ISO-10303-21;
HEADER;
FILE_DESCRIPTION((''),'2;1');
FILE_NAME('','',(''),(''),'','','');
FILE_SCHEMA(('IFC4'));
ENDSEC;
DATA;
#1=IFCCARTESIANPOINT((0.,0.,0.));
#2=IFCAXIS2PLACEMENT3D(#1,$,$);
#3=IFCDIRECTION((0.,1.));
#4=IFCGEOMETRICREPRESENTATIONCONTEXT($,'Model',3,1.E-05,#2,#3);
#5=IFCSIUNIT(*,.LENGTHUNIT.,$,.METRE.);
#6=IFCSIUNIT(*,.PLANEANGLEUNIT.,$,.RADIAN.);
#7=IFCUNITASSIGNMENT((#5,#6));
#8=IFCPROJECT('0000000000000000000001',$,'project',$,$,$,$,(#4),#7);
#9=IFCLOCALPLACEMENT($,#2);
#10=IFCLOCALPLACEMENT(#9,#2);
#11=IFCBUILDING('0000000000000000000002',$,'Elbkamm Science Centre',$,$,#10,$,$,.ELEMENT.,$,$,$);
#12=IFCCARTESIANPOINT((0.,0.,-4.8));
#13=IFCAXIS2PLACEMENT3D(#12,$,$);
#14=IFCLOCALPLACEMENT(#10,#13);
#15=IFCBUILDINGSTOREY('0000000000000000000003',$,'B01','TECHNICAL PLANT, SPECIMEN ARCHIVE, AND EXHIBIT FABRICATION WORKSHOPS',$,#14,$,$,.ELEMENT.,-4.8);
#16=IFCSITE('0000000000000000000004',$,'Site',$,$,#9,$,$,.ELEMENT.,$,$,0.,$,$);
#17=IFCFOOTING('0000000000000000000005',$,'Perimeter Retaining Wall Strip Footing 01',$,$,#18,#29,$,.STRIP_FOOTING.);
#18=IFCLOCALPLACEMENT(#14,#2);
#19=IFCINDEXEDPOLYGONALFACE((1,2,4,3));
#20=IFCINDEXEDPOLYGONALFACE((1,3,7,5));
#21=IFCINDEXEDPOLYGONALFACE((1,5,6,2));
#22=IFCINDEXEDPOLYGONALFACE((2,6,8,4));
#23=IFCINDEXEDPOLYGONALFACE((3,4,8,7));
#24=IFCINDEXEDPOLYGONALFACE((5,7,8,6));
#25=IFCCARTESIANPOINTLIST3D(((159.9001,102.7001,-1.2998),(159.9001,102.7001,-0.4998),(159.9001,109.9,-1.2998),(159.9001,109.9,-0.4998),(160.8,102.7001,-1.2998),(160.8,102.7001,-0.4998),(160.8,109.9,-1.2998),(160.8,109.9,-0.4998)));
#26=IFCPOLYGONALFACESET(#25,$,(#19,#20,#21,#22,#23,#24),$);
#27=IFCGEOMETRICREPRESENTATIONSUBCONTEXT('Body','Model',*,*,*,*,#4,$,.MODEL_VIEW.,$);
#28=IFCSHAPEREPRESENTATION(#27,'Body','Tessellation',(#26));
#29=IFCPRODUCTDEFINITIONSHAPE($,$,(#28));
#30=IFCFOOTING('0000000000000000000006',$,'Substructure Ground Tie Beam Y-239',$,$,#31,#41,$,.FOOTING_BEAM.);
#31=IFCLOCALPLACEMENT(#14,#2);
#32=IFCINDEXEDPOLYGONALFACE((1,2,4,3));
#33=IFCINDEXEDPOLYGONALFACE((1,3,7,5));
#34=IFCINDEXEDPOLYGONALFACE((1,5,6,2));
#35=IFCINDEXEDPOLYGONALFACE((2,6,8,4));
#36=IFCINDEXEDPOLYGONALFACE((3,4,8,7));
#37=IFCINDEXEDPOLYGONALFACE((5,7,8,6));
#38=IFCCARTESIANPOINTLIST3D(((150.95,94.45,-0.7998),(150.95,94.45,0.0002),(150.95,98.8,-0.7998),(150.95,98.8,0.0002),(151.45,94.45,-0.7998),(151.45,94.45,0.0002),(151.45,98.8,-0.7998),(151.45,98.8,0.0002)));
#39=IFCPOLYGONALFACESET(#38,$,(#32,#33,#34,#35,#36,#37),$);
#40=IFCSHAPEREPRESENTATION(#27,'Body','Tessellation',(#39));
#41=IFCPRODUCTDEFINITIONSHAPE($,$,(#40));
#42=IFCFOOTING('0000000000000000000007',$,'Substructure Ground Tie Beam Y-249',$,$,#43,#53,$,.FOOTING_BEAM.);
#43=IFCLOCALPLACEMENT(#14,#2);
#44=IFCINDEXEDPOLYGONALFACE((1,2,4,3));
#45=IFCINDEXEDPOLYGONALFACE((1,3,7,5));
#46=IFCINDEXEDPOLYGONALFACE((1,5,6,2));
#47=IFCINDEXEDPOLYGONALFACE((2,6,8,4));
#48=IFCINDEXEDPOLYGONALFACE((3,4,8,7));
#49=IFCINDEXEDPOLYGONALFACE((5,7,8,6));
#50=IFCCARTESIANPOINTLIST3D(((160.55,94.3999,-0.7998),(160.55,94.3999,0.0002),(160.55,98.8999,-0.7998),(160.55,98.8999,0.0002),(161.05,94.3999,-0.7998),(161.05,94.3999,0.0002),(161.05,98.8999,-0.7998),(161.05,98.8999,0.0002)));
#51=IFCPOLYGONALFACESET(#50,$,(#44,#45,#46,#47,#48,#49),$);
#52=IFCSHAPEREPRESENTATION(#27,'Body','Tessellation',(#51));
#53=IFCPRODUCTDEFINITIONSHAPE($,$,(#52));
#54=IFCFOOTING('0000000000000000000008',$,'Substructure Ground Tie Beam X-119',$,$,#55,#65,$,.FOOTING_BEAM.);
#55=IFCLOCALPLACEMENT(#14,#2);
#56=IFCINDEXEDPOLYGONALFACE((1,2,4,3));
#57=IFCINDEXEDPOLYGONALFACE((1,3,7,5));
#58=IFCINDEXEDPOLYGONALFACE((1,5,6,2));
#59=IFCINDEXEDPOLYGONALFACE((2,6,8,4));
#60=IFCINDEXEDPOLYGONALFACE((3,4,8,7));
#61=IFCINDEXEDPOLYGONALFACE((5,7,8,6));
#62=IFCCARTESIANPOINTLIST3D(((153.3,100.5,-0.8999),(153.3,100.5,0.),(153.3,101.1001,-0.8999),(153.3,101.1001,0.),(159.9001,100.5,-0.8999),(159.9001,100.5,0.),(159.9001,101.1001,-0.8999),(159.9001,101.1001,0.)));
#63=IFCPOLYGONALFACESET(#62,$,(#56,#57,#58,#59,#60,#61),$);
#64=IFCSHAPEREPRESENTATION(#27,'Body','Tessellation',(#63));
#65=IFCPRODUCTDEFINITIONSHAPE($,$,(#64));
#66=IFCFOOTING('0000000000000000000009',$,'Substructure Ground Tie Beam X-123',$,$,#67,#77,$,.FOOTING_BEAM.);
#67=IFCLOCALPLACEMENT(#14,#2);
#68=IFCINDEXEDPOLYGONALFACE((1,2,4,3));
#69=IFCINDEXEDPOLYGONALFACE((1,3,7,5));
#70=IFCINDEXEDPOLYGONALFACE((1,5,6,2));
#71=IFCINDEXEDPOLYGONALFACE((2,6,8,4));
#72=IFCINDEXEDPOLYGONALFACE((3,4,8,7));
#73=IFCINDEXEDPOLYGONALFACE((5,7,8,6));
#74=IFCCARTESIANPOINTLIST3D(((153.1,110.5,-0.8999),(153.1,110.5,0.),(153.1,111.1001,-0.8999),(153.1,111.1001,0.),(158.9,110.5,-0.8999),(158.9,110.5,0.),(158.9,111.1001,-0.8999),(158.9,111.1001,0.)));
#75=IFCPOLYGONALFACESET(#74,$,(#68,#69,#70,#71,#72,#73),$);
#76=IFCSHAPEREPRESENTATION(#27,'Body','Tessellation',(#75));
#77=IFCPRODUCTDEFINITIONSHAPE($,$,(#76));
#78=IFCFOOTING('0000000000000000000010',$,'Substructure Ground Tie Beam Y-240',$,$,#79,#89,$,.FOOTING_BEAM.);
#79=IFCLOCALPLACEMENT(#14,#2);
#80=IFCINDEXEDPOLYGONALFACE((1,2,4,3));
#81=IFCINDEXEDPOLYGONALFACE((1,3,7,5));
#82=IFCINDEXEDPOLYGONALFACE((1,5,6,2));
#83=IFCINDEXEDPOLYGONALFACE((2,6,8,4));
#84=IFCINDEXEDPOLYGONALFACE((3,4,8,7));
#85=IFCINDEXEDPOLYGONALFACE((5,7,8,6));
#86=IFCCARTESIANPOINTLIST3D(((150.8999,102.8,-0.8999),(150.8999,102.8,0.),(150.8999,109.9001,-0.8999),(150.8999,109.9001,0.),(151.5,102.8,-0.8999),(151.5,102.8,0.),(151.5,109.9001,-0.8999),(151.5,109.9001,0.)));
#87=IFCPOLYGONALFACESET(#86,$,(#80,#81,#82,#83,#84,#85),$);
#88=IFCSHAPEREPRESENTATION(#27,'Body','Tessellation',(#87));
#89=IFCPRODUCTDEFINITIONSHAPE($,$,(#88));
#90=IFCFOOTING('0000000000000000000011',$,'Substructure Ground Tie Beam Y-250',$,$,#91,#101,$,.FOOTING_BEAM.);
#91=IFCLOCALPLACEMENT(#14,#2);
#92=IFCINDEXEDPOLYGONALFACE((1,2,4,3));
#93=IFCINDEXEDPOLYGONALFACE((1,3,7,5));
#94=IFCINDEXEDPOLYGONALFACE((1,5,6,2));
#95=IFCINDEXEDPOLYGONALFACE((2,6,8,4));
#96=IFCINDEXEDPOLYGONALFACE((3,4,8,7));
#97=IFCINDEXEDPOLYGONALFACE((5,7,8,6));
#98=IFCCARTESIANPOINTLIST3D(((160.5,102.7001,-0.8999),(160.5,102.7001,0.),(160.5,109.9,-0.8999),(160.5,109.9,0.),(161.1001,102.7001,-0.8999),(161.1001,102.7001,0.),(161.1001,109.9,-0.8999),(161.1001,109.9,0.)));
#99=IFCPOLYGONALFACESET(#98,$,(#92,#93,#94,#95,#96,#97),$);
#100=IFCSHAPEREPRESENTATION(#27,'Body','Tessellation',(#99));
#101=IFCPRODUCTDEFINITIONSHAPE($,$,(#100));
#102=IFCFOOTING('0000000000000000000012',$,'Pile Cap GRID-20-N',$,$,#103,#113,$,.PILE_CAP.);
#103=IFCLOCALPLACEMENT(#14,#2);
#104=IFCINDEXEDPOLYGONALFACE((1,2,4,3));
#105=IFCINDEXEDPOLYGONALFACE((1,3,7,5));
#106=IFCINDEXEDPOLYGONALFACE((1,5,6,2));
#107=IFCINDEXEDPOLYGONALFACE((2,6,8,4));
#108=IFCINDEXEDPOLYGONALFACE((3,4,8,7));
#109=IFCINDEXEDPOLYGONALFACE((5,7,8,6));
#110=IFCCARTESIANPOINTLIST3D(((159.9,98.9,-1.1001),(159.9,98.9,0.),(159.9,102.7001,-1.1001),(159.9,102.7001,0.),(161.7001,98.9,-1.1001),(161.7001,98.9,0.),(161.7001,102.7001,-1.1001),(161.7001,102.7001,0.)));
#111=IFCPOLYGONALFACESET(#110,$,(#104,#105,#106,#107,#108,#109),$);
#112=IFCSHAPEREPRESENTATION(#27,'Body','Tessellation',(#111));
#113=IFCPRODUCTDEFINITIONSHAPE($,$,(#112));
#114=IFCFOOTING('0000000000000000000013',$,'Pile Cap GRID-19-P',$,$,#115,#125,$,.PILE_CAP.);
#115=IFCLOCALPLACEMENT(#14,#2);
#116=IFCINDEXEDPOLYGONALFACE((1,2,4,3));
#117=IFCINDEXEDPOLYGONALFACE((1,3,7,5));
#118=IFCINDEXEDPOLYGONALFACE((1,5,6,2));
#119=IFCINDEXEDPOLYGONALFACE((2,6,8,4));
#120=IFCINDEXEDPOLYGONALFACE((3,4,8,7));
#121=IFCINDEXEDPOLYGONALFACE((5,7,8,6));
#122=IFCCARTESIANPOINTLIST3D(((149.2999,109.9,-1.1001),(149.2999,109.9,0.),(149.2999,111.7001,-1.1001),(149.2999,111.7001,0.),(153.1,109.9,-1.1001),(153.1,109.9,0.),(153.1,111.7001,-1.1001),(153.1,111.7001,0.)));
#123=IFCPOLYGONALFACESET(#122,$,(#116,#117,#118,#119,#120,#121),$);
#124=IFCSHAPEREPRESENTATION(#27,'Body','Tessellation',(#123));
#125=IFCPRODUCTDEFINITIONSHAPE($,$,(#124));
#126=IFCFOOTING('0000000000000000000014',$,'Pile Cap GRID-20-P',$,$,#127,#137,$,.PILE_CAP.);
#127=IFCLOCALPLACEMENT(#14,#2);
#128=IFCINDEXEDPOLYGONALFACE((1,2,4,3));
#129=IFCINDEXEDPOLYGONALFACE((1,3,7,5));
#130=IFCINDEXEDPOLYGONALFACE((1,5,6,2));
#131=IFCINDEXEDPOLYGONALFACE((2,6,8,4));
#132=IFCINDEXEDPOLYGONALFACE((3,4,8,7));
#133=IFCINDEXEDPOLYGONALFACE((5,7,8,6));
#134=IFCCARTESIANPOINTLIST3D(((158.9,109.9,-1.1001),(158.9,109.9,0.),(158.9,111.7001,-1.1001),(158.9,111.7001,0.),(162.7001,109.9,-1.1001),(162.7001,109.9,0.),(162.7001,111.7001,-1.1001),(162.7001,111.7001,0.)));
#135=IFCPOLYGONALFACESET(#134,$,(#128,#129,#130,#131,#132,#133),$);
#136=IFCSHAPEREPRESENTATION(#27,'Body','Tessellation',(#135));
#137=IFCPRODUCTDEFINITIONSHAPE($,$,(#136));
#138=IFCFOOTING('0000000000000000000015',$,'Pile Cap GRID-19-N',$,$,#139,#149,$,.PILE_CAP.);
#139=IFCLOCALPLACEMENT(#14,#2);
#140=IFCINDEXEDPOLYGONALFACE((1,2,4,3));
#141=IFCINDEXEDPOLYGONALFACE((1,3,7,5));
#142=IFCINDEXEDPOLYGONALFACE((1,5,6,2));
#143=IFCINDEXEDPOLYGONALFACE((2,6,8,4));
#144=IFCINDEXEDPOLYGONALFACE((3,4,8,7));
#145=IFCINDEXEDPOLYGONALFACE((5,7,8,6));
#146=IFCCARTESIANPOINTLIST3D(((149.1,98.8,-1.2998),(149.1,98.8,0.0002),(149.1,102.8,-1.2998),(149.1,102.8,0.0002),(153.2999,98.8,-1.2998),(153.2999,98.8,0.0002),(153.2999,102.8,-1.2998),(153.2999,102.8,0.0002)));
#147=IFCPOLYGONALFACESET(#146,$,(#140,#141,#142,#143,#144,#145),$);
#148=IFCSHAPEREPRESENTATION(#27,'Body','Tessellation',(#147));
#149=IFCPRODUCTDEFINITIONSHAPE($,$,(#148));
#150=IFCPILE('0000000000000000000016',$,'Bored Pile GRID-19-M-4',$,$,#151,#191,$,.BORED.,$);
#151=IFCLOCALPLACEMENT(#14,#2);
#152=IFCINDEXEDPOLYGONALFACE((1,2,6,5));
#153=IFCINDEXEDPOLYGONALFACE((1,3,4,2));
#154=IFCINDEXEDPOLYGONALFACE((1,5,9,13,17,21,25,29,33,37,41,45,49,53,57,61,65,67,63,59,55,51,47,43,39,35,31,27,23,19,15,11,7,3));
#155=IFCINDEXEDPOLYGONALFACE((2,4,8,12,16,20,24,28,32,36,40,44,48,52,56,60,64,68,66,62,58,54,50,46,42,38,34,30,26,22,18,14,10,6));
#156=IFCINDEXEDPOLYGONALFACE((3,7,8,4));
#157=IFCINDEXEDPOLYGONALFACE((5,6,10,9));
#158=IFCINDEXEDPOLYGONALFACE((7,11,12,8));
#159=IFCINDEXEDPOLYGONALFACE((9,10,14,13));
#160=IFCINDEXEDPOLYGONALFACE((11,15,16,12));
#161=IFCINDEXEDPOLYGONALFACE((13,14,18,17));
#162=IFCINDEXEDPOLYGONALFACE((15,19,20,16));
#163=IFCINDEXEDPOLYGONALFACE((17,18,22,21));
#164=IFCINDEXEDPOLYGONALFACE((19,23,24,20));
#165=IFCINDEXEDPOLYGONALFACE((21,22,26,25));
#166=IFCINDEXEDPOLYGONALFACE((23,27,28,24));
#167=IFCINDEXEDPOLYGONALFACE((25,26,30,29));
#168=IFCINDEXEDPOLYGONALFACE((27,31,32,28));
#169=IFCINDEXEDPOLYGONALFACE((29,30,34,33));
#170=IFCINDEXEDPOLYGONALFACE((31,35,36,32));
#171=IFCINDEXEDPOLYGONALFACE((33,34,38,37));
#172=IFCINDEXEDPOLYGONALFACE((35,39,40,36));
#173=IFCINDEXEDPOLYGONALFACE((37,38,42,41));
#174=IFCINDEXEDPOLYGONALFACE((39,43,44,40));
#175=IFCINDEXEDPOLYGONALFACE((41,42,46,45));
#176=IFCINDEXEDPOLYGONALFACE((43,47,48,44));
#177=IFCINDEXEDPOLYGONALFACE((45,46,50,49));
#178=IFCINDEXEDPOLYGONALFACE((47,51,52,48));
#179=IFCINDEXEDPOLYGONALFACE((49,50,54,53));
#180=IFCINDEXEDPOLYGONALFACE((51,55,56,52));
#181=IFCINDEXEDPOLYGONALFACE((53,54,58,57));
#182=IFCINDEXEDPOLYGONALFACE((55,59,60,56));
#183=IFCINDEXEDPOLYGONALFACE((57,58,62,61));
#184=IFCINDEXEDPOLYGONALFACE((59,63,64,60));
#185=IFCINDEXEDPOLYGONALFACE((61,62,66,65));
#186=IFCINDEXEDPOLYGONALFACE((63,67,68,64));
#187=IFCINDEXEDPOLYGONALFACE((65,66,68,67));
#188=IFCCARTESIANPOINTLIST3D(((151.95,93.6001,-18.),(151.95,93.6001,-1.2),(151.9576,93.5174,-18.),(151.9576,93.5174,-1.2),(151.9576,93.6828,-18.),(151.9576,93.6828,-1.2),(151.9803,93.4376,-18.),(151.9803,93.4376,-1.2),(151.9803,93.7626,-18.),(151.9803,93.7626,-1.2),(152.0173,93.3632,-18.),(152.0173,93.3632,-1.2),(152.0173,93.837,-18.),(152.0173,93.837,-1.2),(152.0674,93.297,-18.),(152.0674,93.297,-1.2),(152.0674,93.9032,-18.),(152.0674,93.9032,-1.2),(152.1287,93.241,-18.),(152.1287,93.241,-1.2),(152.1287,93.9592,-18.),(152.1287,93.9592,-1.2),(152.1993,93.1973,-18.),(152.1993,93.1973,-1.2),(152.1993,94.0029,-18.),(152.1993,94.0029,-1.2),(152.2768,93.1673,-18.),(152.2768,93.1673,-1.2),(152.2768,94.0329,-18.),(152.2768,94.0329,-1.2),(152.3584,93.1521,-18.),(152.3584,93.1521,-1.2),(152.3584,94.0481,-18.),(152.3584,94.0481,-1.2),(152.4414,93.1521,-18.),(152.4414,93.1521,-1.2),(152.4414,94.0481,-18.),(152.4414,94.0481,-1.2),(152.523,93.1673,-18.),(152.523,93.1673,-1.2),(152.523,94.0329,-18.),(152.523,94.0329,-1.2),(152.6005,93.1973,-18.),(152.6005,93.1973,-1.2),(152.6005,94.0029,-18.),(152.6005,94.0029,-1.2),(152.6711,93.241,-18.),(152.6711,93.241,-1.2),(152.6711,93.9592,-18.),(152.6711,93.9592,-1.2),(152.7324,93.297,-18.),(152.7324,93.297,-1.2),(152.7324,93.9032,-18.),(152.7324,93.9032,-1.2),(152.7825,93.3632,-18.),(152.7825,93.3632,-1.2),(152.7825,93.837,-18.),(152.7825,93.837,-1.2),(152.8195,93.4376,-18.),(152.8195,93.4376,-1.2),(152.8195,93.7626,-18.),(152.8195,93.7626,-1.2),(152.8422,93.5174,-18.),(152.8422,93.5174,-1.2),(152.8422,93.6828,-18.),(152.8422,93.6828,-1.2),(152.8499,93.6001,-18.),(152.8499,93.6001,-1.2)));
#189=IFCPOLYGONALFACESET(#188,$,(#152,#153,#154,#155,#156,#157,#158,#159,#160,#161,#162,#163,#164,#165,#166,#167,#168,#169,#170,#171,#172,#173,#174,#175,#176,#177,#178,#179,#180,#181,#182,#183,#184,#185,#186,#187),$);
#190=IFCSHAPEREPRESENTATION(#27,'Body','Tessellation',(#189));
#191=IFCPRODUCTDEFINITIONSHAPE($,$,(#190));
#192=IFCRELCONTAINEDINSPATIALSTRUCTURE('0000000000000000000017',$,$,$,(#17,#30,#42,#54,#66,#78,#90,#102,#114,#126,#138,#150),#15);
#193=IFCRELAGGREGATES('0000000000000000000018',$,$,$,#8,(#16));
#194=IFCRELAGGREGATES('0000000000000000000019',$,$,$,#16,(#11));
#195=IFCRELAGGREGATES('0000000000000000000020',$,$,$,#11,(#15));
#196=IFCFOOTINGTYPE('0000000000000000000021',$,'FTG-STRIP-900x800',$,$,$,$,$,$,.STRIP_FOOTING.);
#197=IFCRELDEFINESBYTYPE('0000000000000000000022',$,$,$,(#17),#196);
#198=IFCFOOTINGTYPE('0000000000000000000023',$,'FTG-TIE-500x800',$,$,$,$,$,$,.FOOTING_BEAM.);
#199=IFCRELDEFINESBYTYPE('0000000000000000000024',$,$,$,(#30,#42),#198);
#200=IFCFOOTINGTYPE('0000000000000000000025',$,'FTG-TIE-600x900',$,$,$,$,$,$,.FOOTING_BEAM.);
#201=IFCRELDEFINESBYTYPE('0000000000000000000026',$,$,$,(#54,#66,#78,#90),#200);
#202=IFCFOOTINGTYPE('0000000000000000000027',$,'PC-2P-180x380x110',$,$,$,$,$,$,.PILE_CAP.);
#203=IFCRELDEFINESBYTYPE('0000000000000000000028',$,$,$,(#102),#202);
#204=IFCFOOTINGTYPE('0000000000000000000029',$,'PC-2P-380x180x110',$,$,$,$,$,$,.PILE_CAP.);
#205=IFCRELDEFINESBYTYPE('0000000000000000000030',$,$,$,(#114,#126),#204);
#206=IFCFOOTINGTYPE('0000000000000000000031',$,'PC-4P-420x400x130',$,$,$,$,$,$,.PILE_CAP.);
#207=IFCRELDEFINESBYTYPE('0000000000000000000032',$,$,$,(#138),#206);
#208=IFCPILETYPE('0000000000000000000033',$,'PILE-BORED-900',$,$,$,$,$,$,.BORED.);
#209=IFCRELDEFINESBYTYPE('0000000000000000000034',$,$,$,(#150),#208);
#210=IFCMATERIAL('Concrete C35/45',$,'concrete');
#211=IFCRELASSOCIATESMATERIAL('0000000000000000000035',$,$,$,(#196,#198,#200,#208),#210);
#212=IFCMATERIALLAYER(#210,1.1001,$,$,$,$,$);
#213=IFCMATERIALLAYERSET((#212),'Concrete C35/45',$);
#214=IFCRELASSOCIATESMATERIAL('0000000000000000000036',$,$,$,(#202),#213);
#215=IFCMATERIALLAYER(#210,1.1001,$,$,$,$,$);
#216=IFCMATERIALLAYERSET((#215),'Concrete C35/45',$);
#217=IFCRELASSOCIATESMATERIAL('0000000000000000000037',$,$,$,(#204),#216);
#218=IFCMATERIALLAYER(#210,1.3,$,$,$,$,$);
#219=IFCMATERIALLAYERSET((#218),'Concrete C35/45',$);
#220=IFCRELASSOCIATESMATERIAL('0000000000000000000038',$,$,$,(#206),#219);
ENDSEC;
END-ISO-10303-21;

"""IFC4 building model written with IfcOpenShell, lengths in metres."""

from ifc_helpers import new_model, si_unit, direction, frame, origin, origin_2d, place, context, subcontext, project, spatial, rectangle, circle, extrude, material, layer, layer_set, material_profile, profile_set, type_object, element, save


model = new_model("IFC4")

# Units and contexts
model_context = context("Model", 3, precision=1e-05, world=origin(), true_north=direction((0.0, 1.0)))
body_context = subcontext(model_context, "Body", "Model", "MODEL_VIEW")
ifc_project = project(units=[si_unit("LENGTHUNIT", "METRE"), si_unit("PLANEANGLEUNIT", "RADIAN")], contexts=[model_context])

# Site, building, storey
site_placement = place(None, origin())
site = spatial("IfcSite", under=ifc_project, at=site_placement, Name="Site", CompositionType="ELEMENT", RefElevation=0.0)
building_placement = place(site_placement, origin())
building = spatial("IfcBuilding", under=site, at=building_placement, Name="Elbkamm Science Centre", CompositionType="ELEMENT")
storey_placement = place(building_placement, frame((0.0, 0.0, -4.8)))
storey = spatial("IfcBuildingStorey", under=building, at=storey_placement, Name="B01", Description="TECHNICAL PLANT, SPECIMEN ARCHIVE, AND EXHIBIT FABRICATION WORKSHOPS", CompositionType="ELEMENT", Elevation=-4.8)

# Footings
ifc_material_1 = material(Name="Concrete C35/45", Category="concrete")
footing_type_1 = type_object("IfcFootingType", Name="FTG-STRIP-900x800", PredefinedType="STRIP_FOOTING", material=ifc_material_1)
footing_1_placement = place(storey_placement, frame((160.3501, 106.3, -1.2998), z_axis=(0.0, 0.0, 1.0), x_axis=(1.0, 0.0, 0.0)))
element("IfcFooting", 1, at=footing_1_placement, inside=storey, type_object=footing_type_1, Name="Perimeter Retaining Wall Strip Footing 01", PredefinedType="STRIP_FOOTING", context=body_context, shape_type="SweptSolid", body=[
    extrude(rectangle(XDim=0.8999, YDim=7.2, at=origin_2d()), origin(), (0.0, 0.0, 1.0), 0.8),
])
footing_type_2 = type_object("IfcFootingType", Name="FTG-TIE-500x800", PredefinedType="FOOTING_BEAM", material=ifc_material_1)
footing_2_placement = place(storey_placement, frame((151.2, 96.625, -0.7998), z_axis=(0.0, 0.0, 1.0), x_axis=(1.0, 0.0, 0.0)))
element("IfcFooting", 2, at=footing_2_placement, inside=storey, type_object=footing_type_2, Name="Substructure Ground Tie Beam Y-239", PredefinedType="FOOTING_BEAM", context=body_context, shape_type="SweptSolid", body=[
    extrude(rectangle(XDim=0.5, YDim=4.3501, at=origin_2d()), origin(), (0.0, 0.0, 1.0), 0.8),
])
footing_3_placement = place(storey_placement, frame((160.8, 96.6499, -0.7998), z_axis=(0.0, 0.0, 1.0), x_axis=(1.0, 0.0, 0.0)))
element("IfcFooting", 3, at=footing_3_placement, inside=storey, type_object=footing_type_2, Name="Substructure Ground Tie Beam Y-249", PredefinedType="FOOTING_BEAM", context=body_context, shape_type="SweptSolid", body=[
    extrude(rectangle(XDim=0.5, YDim=4.5, at=origin_2d()), origin(), (0.0, 0.0, 1.0), 0.8),
])
footing_type_3 = type_object("IfcFootingType", Name="FTG-TIE-600x900", PredefinedType="FOOTING_BEAM", material=ifc_material_1)
footing_4_placement = place(storey_placement, frame((156.6001, 100.8, -0.8999), z_axis=(0.0, 0.0, 1.0), x_axis=(1.0, 0.0, 0.0)))
element("IfcFooting", 4, at=footing_4_placement, inside=storey, type_object=footing_type_3, Name="Substructure Ground Tie Beam X-119", PredefinedType="FOOTING_BEAM", context=body_context, shape_type="SweptSolid", body=[
    extrude(rectangle(XDim=6.6001, YDim=0.6001, at=origin_2d()), origin(), (0.0, 0.0, 1.0), 0.8999),
])
footing_5_placement = place(storey_placement, frame((156.0, 110.8, -0.8999), z_axis=(0.0, 0.0, 1.0), x_axis=(1.0, 0.0, 0.0)))
element("IfcFooting", 5, at=footing_5_placement, inside=storey, type_object=footing_type_3, Name="Substructure Ground Tie Beam X-123", PredefinedType="FOOTING_BEAM", context=body_context, shape_type="SweptSolid", body=[
    extrude(rectangle(XDim=5.8, YDim=0.6001, at=origin_2d()), origin(), (0.0, 0.0, 1.0), 0.8999),
])
footing_6_placement = place(storey_placement, frame((151.2, 106.3501, -0.8999), z_axis=(0.0, 0.0, 1.0), x_axis=(1.0, 0.0, 0.0)))
element("IfcFooting", 6, at=footing_6_placement, inside=storey, type_object=footing_type_3, Name="Substructure Ground Tie Beam Y-240", PredefinedType="FOOTING_BEAM", context=body_context, shape_type="SweptSolid", body=[
    extrude(rectangle(XDim=0.6001, YDim=7.1001, at=origin_2d()), origin(), (0.0, 0.0, 1.0), 0.8999),
])
footing_7_placement = place(storey_placement, frame((160.8, 106.3, -0.8999), z_axis=(0.0, 0.0, 1.0), x_axis=(1.0, 0.0, 0.0)))
element("IfcFooting", 7, at=footing_7_placement, inside=storey, type_object=footing_type_3, Name="Substructure Ground Tie Beam Y-250", PredefinedType="FOOTING_BEAM", context=body_context, shape_type="SweptSolid", body=[
    extrude(rectangle(XDim=0.6001, YDim=7.2, at=origin_2d()), origin(), (0.0, 0.0, 1.0), 0.8999),
])
ifc_layer_1 = layer(ifc_material_1, 1.1001)
ifc_layer_set_1 = layer_set([ifc_layer_1], Name="Concrete C35/45")
footing_type_4 = type_object("IfcFootingType", Name="PC-2P-180x380x110", PredefinedType="PILE_CAP", material=ifc_layer_set_1)
footing_8_placement = place(storey_placement, frame((160.8, 100.8, -1.1001), z_axis=(0.0, 0.0, 1.0), x_axis=(1.0, 0.0, 0.0)))
element("IfcFooting", 8, at=footing_8_placement, inside=storey, type_object=footing_type_4, Name="Pile Cap GRID-20-N", PredefinedType="PILE_CAP", context=body_context, shape_type="SweptSolid", body=[
    extrude(rectangle(XDim=1.8, YDim=3.8, at=origin_2d()), origin(), (0.0, 0.0, 1.0), 1.1001),
])
ifc_layer_2 = layer(ifc_material_1, 1.1001)
ifc_layer_set_2 = layer_set([ifc_layer_2], Name="Concrete C35/45")
footing_type_5 = type_object("IfcFootingType", Name="PC-2P-380x180x110", PredefinedType="PILE_CAP", material=ifc_layer_set_2)
for number, where, z_axis, x_axis, name in (
    (9, (151.2, 110.8, -1.1001), (0.0, 0.0, 1.0), (1.0, 0.0, 0.0), "Pile Cap GRID-19-P"),
    (10, (160.8, 110.8, -1.1001), (0.0, 0.0, 1.0), (1.0, 0.0, 0.0), "Pile Cap GRID-20-P"),
):
    element("IfcFooting", number, at=place(storey_placement, frame(where, z_axis=z_axis, x_axis=x_axis)), inside=storey, type_object=footing_type_5, Name=name, PredefinedType="PILE_CAP", context=body_context, shape_type="SweptSolid", body=[
        extrude(rectangle(XDim=3.8, YDim=1.8, at=origin_2d()), origin(), (0.0, 0.0, 1.0), 1.1001),
    ])
ifc_layer_3 = layer(ifc_material_1, 1.3)
ifc_layer_set_3 = layer_set([ifc_layer_3], Name="Concrete C35/45")
footing_type_6 = type_object("IfcFootingType", Name="PC-4P-420x400x130", PredefinedType="PILE_CAP", material=ifc_layer_set_3)
footing_9_placement = place(storey_placement, frame((151.2, 100.8, -1.2998), z_axis=(0.0, 0.0, 1.0), x_axis=(1.0, 0.0, 0.0)))
element("IfcFooting", 11, at=footing_9_placement, inside=storey, type_object=footing_type_6, Name="Pile Cap GRID-19-N", PredefinedType="PILE_CAP", context=body_context, shape_type="SweptSolid", body=[
    extrude(rectangle(XDim=4.2, YDim=4.0, at=origin_2d()), origin(), (0.0, 0.0, 1.0), 1.3),
])

# Pile
ifc_material_profile_1 = material_profile(ifc_material_1, circle(Radius=0.45, at=origin_2d()), Name="PILE D900")
ifc_profile_set_1 = profile_set([ifc_material_profile_1], Name="Concrete C35/45")
pile_type = type_object("IfcPileType", Name="PILE-BORED-900", PredefinedType="BORED", material=ifc_profile_set_1)
for number, where, z_axis, x_axis, name in (
    (12, (152.3999, 93.6001, -1.2), (0.0, 0.0, -1.0), (1.0, 0.0, 0.0), "Bored Pile GRID-19-M-4"),
):
    element("IfcPile", number, at=place(storey_placement, frame(where, z_axis=z_axis, x_axis=x_axis)), inside=storey, type_object=pile_type, Name=name, PredefinedType="BORED", context=body_context, shape_type="SweptSolid", body=[
        extrude(circle(Radius=0.45, at=origin_2d()), origin(), (0.0, 0.0, 1.0), 16.8),
    ])

save(model, "model.ifc")
